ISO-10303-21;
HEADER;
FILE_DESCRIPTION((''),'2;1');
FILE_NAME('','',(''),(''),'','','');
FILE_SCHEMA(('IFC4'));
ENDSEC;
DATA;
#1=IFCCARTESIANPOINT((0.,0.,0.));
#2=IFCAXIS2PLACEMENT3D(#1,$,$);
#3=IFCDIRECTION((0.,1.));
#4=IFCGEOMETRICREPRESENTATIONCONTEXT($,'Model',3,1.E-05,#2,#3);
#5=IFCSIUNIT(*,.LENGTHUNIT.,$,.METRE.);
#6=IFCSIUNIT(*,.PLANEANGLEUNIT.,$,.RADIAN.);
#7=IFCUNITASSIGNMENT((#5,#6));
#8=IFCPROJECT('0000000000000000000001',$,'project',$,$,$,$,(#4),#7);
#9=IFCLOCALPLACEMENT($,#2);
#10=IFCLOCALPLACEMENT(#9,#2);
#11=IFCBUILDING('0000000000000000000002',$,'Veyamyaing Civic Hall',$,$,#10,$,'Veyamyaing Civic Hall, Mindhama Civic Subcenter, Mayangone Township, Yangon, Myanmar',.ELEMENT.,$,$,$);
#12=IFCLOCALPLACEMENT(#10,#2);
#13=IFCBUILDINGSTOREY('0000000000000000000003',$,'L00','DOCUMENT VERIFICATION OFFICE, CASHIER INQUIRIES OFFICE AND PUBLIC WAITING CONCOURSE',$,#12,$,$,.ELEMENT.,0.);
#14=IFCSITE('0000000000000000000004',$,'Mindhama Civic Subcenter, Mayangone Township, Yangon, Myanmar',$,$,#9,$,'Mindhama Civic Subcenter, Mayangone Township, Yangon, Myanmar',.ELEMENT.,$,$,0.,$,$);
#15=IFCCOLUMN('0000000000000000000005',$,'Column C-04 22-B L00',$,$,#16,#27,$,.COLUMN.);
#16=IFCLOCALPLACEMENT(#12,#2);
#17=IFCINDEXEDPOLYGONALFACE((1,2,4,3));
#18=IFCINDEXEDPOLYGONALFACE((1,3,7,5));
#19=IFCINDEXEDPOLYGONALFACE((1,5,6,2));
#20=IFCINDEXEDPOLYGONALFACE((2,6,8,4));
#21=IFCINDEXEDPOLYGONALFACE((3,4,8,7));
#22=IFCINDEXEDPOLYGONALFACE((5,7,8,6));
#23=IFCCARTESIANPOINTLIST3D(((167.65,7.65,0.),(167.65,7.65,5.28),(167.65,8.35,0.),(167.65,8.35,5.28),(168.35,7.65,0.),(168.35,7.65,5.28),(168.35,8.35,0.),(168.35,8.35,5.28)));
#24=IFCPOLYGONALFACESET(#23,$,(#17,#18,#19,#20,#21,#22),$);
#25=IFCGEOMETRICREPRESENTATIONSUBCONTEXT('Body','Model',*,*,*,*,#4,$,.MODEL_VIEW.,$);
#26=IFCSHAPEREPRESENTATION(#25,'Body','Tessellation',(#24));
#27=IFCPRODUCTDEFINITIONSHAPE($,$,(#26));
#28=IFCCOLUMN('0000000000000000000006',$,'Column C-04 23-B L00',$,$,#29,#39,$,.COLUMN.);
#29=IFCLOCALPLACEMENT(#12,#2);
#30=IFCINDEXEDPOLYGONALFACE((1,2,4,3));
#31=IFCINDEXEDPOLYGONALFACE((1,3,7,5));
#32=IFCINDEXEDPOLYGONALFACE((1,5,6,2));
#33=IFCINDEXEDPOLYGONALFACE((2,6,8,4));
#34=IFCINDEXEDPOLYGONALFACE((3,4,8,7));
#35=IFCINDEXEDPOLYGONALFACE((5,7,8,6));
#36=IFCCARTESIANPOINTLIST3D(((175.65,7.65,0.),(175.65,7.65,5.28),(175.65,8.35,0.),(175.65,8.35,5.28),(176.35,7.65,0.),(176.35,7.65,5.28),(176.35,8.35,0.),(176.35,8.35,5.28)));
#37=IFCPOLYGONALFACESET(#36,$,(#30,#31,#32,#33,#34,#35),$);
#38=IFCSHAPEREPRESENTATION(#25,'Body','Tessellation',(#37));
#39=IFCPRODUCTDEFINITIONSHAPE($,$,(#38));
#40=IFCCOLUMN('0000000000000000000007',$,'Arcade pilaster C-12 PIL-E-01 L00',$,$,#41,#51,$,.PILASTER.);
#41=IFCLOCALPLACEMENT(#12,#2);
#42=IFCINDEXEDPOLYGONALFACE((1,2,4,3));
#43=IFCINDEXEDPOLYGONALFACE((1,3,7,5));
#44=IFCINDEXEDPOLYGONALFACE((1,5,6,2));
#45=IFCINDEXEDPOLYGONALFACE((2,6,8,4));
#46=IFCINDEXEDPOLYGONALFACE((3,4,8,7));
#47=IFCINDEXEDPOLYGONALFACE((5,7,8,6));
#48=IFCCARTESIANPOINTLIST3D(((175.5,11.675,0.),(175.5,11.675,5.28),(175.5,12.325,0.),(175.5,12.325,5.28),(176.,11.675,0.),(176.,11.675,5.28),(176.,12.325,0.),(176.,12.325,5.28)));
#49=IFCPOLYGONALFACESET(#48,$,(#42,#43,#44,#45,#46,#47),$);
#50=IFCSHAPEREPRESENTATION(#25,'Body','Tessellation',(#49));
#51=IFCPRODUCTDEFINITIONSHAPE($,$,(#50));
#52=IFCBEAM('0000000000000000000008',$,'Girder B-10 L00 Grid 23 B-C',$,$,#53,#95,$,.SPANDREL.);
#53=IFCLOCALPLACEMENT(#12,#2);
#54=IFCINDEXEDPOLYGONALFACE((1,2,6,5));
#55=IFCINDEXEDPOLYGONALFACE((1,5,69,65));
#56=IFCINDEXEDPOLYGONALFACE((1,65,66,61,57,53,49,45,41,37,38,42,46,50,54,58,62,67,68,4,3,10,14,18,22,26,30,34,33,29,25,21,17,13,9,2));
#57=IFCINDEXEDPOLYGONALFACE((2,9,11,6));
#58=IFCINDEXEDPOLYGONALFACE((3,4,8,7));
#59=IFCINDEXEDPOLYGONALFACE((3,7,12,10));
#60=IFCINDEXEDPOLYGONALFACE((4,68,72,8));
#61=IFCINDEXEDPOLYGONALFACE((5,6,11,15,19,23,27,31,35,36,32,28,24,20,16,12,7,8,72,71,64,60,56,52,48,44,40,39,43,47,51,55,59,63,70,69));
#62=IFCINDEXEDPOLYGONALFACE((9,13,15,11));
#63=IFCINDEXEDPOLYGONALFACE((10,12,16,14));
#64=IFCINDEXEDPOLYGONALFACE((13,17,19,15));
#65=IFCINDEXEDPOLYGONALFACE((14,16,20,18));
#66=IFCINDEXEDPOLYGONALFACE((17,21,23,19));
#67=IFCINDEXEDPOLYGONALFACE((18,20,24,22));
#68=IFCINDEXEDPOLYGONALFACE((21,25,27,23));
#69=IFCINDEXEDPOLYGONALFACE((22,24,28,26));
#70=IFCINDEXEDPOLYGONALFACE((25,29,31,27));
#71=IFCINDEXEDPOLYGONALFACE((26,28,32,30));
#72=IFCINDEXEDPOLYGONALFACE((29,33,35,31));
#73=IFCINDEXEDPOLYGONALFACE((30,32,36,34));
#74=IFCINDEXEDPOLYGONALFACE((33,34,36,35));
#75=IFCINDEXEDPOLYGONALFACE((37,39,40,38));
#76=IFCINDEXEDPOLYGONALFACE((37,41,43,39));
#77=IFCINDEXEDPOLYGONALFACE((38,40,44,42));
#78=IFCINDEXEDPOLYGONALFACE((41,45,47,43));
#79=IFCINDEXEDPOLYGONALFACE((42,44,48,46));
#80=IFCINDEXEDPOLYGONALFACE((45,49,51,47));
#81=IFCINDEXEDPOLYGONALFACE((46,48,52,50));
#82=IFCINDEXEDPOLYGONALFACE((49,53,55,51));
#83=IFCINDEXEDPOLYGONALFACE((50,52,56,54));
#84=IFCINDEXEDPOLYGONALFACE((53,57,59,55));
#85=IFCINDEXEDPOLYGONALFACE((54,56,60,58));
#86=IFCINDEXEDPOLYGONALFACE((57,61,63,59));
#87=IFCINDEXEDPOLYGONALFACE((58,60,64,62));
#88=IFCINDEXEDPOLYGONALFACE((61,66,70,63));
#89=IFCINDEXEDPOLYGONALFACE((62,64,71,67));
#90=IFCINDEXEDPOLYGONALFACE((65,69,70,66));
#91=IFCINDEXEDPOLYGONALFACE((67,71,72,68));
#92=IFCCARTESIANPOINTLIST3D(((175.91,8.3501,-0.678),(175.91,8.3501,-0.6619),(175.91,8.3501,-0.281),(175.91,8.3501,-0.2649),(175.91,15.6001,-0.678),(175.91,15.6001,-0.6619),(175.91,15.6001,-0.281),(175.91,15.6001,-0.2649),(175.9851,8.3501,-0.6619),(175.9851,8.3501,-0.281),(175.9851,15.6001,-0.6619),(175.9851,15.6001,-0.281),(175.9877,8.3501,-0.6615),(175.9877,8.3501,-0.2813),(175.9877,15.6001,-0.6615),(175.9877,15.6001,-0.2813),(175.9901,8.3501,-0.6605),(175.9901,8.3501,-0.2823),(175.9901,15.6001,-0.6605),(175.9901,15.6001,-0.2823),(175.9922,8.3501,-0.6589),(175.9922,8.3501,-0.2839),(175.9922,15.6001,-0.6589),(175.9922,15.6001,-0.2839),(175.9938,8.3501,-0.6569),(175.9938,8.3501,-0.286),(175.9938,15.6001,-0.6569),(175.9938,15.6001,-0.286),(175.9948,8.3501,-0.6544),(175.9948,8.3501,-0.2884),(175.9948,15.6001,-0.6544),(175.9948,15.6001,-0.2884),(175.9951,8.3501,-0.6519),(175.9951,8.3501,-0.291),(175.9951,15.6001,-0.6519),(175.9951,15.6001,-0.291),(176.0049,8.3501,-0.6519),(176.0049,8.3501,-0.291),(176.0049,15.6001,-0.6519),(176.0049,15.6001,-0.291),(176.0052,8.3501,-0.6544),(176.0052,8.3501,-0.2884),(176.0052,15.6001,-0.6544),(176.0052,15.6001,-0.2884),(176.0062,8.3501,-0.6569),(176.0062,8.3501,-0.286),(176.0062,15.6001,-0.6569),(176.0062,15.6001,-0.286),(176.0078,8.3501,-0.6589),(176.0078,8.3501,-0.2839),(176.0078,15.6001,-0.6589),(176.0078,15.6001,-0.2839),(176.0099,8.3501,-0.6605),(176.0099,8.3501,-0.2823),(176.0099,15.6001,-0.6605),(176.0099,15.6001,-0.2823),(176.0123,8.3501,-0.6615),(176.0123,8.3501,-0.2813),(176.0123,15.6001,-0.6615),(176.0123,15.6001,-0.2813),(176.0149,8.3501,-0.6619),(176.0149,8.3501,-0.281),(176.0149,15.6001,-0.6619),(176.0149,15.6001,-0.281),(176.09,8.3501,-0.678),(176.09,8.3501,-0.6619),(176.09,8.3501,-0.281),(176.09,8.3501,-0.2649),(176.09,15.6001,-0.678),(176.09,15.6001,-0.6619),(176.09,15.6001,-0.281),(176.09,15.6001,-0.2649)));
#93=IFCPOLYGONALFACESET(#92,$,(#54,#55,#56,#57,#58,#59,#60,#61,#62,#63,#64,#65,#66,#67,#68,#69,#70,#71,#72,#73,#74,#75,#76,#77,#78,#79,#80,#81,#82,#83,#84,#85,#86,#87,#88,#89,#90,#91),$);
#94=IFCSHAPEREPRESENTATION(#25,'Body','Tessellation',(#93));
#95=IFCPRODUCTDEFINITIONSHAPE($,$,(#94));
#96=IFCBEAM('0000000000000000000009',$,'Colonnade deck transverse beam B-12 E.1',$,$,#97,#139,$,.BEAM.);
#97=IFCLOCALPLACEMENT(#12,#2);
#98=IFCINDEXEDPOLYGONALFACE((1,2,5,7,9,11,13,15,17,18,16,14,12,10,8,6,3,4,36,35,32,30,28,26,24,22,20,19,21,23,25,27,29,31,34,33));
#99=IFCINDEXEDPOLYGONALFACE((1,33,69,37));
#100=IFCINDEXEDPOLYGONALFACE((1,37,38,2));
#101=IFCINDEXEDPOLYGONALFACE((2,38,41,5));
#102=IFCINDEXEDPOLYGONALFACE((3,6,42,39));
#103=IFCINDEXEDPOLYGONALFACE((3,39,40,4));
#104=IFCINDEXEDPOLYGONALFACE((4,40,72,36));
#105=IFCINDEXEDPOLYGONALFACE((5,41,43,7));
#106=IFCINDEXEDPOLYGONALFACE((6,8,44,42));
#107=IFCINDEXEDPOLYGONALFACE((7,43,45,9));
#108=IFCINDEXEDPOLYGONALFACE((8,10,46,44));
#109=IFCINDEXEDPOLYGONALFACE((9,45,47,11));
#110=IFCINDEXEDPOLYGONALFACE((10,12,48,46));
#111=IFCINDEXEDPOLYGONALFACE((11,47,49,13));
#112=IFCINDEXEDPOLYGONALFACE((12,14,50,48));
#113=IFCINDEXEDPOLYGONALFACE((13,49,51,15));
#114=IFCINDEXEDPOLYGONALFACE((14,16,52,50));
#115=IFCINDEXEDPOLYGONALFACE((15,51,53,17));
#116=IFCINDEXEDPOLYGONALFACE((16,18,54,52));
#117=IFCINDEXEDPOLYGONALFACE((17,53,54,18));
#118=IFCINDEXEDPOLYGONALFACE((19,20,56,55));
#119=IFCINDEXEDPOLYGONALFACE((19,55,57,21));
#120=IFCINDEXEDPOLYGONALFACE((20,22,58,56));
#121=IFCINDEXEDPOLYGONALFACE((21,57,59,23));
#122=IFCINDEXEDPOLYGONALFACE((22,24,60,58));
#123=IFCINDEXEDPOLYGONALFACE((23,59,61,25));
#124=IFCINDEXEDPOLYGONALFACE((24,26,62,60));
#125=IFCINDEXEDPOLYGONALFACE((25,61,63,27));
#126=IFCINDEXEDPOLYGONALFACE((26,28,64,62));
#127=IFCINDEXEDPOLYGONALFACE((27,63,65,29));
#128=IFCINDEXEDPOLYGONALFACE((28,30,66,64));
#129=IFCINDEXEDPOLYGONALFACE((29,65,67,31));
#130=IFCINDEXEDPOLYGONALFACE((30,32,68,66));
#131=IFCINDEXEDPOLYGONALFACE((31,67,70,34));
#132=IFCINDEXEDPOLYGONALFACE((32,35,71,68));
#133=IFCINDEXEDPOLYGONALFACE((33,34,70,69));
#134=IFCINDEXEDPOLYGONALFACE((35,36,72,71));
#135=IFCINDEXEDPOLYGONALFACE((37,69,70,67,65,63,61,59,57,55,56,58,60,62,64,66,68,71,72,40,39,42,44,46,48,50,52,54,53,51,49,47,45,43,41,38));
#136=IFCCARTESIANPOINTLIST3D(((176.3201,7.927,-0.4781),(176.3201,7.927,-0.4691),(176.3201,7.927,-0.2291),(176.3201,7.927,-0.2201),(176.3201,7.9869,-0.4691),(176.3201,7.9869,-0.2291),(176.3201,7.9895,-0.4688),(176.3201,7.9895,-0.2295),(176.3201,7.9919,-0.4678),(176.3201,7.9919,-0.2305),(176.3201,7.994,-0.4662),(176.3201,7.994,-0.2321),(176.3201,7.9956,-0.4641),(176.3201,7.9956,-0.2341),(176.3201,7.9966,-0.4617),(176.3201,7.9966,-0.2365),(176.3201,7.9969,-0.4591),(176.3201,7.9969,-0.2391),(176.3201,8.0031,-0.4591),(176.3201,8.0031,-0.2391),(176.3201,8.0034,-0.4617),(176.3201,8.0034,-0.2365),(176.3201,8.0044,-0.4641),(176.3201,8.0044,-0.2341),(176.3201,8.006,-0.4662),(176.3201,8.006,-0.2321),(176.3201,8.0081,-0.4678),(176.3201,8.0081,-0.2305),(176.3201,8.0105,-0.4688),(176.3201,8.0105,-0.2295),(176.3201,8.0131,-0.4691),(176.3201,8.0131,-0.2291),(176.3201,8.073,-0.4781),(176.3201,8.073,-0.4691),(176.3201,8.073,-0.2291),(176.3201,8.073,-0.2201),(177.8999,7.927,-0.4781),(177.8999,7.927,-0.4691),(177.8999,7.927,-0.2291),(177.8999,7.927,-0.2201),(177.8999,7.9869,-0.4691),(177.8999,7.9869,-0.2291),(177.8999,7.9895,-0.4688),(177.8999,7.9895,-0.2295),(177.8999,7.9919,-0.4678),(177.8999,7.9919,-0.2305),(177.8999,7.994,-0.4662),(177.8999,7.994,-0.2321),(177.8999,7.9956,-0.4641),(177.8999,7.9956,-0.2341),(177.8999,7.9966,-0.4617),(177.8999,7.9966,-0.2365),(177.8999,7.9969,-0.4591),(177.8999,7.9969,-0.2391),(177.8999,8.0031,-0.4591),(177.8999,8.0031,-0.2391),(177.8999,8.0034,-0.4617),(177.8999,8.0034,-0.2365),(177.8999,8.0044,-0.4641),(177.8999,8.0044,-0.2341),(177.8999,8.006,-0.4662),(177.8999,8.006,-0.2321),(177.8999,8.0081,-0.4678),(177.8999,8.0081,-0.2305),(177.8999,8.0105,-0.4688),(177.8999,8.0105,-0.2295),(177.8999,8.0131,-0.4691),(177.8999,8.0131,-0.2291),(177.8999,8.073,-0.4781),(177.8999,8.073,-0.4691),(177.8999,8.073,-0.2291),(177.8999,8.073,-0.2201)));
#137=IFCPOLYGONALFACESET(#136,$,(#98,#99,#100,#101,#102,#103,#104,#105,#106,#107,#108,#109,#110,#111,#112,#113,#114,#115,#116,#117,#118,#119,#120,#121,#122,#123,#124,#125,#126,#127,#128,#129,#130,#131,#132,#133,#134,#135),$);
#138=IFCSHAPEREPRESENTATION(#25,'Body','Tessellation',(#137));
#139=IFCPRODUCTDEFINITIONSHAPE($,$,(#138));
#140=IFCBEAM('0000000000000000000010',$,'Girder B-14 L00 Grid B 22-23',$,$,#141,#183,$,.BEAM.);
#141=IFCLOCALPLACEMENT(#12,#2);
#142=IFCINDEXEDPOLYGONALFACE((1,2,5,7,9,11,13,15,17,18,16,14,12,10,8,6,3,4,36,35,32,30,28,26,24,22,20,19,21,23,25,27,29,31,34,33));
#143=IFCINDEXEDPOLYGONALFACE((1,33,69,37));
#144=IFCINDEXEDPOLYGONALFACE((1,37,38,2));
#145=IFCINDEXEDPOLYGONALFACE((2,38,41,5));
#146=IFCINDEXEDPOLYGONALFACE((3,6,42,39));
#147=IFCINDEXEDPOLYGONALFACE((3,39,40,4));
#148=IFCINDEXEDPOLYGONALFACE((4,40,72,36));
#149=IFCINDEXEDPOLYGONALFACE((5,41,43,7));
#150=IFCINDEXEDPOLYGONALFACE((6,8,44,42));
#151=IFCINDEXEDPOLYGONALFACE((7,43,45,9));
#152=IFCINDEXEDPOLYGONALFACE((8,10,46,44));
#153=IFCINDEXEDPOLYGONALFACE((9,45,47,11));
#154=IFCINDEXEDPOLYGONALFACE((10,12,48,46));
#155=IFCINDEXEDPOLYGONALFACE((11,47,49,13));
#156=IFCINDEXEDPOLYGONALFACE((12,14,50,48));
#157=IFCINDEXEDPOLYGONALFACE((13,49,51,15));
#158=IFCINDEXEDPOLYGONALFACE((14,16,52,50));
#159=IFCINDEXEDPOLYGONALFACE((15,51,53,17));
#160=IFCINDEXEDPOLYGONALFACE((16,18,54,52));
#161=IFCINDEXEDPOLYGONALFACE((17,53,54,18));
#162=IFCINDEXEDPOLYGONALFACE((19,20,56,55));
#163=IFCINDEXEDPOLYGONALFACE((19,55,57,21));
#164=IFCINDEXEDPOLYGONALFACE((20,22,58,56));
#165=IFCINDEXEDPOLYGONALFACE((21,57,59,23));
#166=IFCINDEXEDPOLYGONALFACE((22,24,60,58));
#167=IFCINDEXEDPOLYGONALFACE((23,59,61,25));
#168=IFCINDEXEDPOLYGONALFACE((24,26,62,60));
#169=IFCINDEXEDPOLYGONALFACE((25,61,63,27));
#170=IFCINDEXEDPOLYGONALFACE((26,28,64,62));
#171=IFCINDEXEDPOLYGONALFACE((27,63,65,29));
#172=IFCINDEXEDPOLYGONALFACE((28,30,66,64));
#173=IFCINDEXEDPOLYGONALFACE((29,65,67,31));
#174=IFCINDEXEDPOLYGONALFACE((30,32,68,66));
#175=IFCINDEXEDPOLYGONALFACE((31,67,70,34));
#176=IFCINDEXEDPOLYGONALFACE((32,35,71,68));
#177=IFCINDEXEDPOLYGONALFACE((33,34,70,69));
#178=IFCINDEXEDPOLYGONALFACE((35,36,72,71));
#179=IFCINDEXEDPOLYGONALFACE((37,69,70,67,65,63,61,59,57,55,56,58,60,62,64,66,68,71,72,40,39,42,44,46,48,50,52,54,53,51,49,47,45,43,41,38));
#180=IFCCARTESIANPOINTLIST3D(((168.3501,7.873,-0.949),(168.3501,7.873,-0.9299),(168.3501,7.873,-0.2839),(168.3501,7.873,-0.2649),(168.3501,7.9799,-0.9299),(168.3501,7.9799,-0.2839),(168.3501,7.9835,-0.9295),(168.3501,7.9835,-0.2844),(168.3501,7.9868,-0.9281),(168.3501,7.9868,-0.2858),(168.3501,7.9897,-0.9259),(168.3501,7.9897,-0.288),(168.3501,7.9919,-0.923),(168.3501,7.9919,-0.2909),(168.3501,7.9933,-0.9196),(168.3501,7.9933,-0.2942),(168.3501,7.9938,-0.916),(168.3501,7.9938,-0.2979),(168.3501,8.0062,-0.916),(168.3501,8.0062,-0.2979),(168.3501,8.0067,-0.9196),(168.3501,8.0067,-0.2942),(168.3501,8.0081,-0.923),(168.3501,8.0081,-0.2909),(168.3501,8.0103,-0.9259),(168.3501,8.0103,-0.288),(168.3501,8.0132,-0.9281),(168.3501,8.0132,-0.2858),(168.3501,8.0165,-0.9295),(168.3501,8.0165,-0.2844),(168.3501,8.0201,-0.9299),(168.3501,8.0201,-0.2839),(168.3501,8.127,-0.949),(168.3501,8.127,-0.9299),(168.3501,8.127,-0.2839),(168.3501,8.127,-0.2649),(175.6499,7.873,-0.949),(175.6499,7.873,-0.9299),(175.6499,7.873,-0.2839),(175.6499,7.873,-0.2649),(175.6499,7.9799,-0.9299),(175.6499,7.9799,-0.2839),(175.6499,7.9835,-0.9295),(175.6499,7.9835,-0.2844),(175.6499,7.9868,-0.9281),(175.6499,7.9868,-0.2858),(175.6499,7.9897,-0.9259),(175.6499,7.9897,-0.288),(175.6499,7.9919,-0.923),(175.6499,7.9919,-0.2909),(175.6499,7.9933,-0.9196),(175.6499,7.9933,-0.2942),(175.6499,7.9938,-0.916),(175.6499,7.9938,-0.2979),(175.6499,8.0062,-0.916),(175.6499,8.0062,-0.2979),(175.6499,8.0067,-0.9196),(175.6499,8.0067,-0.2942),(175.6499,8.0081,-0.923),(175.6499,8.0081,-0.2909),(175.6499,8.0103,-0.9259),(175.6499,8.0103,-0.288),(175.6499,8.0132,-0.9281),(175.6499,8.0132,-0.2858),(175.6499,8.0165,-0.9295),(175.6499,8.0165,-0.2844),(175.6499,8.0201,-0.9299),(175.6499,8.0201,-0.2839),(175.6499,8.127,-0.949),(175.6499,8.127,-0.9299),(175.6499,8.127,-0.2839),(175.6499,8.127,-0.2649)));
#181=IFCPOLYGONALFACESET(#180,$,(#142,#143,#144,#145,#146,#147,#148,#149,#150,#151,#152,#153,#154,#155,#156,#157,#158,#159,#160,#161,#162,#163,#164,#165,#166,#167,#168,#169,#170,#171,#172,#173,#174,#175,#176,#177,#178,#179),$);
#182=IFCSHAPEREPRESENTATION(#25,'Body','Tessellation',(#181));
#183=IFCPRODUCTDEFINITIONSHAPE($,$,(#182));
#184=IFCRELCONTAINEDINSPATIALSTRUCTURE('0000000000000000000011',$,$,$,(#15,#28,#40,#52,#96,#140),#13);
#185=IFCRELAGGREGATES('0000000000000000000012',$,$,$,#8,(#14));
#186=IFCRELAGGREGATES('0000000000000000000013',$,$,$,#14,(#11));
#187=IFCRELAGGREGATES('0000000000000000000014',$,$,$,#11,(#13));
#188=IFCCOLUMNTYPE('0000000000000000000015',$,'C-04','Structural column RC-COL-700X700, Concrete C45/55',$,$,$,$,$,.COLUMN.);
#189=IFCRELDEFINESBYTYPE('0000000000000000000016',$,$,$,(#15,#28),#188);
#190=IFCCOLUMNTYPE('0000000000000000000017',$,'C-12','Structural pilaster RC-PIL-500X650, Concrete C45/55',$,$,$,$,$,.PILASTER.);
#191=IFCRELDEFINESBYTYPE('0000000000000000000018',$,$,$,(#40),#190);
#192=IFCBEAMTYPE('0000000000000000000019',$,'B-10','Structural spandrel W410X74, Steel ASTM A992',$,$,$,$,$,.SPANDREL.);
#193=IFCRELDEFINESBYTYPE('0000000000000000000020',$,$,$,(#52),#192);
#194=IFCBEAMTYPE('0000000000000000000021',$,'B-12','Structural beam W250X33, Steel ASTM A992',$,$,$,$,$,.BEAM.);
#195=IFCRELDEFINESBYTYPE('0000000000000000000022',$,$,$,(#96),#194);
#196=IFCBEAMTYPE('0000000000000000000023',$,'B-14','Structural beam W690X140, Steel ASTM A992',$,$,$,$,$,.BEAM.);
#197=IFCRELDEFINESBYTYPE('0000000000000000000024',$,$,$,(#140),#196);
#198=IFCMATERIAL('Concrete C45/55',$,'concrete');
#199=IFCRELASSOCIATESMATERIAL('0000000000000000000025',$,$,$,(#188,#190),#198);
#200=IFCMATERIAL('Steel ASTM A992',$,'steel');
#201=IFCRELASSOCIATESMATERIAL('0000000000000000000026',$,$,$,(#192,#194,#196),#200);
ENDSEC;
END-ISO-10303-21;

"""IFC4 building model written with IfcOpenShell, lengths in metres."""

from ifc_helpers import new_model, si_unit, direction, frame, origin, origin_2d, place, context, subcontext, project, spatial, rectangle, i_section, extrude, material, material_profile, profile_set, type_object, element, save


model = new_model("IFC4")

# Units and contexts
model_context = context("Model", 3, precision=1e-05, world=origin(), true_north=direction((0.0, 1.0)))
body_context = subcontext(model_context, "Body", "Model", "MODEL_VIEW")
ifc_project = project(units=[si_unit("LENGTHUNIT", "METRE"), si_unit("PLANEANGLEUNIT", "RADIAN")], contexts=[model_context])

# Site, building, storey
site_placement = place(None, origin())
site = spatial("IfcSite", under=ifc_project, at=site_placement, Name="Mindhama Civic Subcenter, Mayangone Township, Yangon, Myanmar", LongName="Mindhama Civic Subcenter, Mayangone Township, Yangon, Myanmar", CompositionType="ELEMENT", RefElevation=0.0)
building_placement = place(site_placement, origin())
building = spatial("IfcBuilding", under=site, at=building_placement, Name="Veyamyaing Civic Hall", LongName="Veyamyaing Civic Hall, Mindhama Civic Subcenter, Mayangone Township, Yangon, Myanmar", CompositionType="ELEMENT")
storey_placement = place(building_placement, origin())
storey = spatial("IfcBuildingStorey", under=building, at=storey_placement, Name="L00", Description="DOCUMENT VERIFICATION OFFICE, CASHIER INQUIRIES OFFICE AND PUBLIC WAITING CONCOURSE", CompositionType="ELEMENT", Elevation=0.0)

# Columns
ifc_material_1 = material(Name="Concrete C45/55", Category="concrete")
ifc_material_profile_1 = material_profile(ifc_material_1, rectangle(XDim=0.7, YDim=0.7, at=origin_2d()), Name="RC-COL-700X700")
ifc_profile_set_1 = profile_set([ifc_material_profile_1], Name="Concrete C45/55")
column_type_1 = type_object("IfcColumnType", Name="C-04", Description="Structural column RC-COL-700X700, Concrete C45/55", PredefinedType="COLUMN", material=ifc_profile_set_1)
for number, where, z_axis, x_axis, name in (
    (1, (168.0, 8.0, 0.0), (0.0, 0.0, 1.0), (1.0, 0.0, 0.0), "Column C-04 22-B L00"),
    (2, (176.0, 8.0, 0.0), (0.0, 0.0, 1.0), (1.0, 0.0, 0.0), "Column C-04 23-B L00"),
):
    element("IfcColumn", number, at=place(storey_placement, frame(where, z_axis=z_axis, x_axis=x_axis)), inside=storey, type_object=column_type_1, Name=name, PredefinedType="COLUMN", context=body_context, shape_type="SweptSolid", body=[
        extrude(rectangle(XDim=0.7, YDim=0.7, at=origin_2d()), origin(), (0.0, 0.0, 1.0), 5.28),
    ])
ifc_material_profile_2 = material_profile(ifc_material_1, rectangle(XDim=0.5, YDim=0.6499, at=origin_2d()), Name="RC-PIL-500X650")
ifc_profile_set_2 = profile_set([ifc_material_profile_2], Name="Concrete C45/55")
column_type_2 = type_object("IfcColumnType", Name="C-12", Description="Structural pilaster RC-PIL-500X650, Concrete C45/55", PredefinedType="PILASTER", material=ifc_profile_set_2)
column_placement = place(storey_placement, frame((175.75, 12.0, 0.0), z_axis=(0.0, 0.0, 1.0), x_axis=(1.0, 0.0, 0.0)))
element("IfcColumn", 3, at=column_placement, inside=storey, type_object=column_type_2, Name="Arcade pilaster C-12 PIL-E-01 L00", PredefinedType="PILASTER", context=body_context, shape_type="SweptSolid", body=[
    extrude(rectangle(XDim=0.5, YDim=0.6499, at=origin_2d()), origin(), (0.0, 0.0, 1.0), 5.28),
])

# Beams
ifc_material_2 = material(Name="Steel ASTM A992", Category="steel")
ifc_material_profile_3 = material_profile(ifc_material_2, i_section(OverallWidth=0.1799, OverallDepth=0.4131, WebThickness=0.0098, FlangeThickness=0.0161, FilletRadius=0.01, at=origin_2d()), Name="W410X74")
ifc_profile_set_3 = profile_set([ifc_material_profile_3], Name="Steel ASTM A992")
beam_type_1 = type_object("IfcBeamType", Name="B-10", Description="Structural spandrel W410X74, Steel ASTM A992", PredefinedType="SPANDREL", material=ifc_profile_set_3)
beam_1_placement = place(storey_placement, frame((176.0, 8.3501, -0.4714), z_axis=(0.0, 1.0, 0.0), x_axis=(-1.0, 0.0, 0.0)))
element("IfcBeam", 4, at=beam_1_placement, inside=storey, type_object=beam_type_1, Name="Girder B-10 L00 Grid 23 B-C", PredefinedType="SPANDREL", context=body_context, shape_type="SweptSolid", body=[
    extrude(i_section(OverallWidth=0.1799, OverallDepth=0.4131, WebThickness=0.0098, FlangeThickness=0.0161, FilletRadius=0.01, at=origin_2d()), origin(), (0.0, 0.0, 1.0), 7.25),
])
ifc_material_profile_4 = material_profile(ifc_material_2, i_section(OverallWidth=0.146, OverallDepth=0.2581, WebThickness=0.0061, FlangeThickness=0.009, FilletRadius=0.01, at=origin_2d()), Name="W250X33")
ifc_profile_set_4 = profile_set([ifc_material_profile_4], Name="Steel ASTM A992")
beam_type_2 = type_object("IfcBeamType", Name="B-12", Description="Structural beam W250X33, Steel ASTM A992", PredefinedType="BEAM", material=ifc_profile_set_4)
beam_2_placement = place(storey_placement, frame((176.3201, 8.0, -0.3491), z_axis=(1.0, 0.0, 0.0), x_axis=(0.0, 1.0, 0.0)))
element("IfcBeam", 5, at=beam_2_placement, inside=storey, type_object=beam_type_2, Name="Colonnade deck transverse beam B-12 E.1", PredefinedType="BEAM", context=body_context, shape_type="SweptSolid", body=[
    extrude(i_section(OverallWidth=0.146, OverallDepth=0.2581, WebThickness=0.0061, FlangeThickness=0.009, FilletRadius=0.01, at=origin_2d()), origin(), (0.0, 0.0, 1.0), 1.5798),
])
ifc_material_profile_5 = material_profile(ifc_material_2, i_section(OverallWidth=0.2539, OverallDepth=0.6841, WebThickness=0.0125, FlangeThickness=0.019, FilletRadius=0.0139, at=origin_2d()), Name="W690X140")
ifc_profile_set_5 = profile_set([ifc_material_profile_5], Name="Steel ASTM A992")
beam_type_3 = type_object("IfcBeamType", Name="B-14", Description="Structural beam W690X140, Steel ASTM A992", PredefinedType="BEAM", material=ifc_profile_set_5)
beam_3_placement = place(storey_placement, frame((168.3501, 8.0, -0.6069), z_axis=(1.0, 0.0, 0.0), x_axis=(0.0, 1.0, 0.0)))
element("IfcBeam", 6, at=beam_3_placement, inside=storey, type_object=beam_type_3, Name="Girder B-14 L00 Grid B 22-23", PredefinedType="BEAM", context=body_context, shape_type="SweptSolid", body=[
    extrude(i_section(OverallWidth=0.2539, OverallDepth=0.6841, WebThickness=0.0125, FlangeThickness=0.019, FilletRadius=0.0139, at=origin_2d()), origin(), (0.0, 0.0, 1.0), 7.2998),
])

save(model, "model.ifc")
